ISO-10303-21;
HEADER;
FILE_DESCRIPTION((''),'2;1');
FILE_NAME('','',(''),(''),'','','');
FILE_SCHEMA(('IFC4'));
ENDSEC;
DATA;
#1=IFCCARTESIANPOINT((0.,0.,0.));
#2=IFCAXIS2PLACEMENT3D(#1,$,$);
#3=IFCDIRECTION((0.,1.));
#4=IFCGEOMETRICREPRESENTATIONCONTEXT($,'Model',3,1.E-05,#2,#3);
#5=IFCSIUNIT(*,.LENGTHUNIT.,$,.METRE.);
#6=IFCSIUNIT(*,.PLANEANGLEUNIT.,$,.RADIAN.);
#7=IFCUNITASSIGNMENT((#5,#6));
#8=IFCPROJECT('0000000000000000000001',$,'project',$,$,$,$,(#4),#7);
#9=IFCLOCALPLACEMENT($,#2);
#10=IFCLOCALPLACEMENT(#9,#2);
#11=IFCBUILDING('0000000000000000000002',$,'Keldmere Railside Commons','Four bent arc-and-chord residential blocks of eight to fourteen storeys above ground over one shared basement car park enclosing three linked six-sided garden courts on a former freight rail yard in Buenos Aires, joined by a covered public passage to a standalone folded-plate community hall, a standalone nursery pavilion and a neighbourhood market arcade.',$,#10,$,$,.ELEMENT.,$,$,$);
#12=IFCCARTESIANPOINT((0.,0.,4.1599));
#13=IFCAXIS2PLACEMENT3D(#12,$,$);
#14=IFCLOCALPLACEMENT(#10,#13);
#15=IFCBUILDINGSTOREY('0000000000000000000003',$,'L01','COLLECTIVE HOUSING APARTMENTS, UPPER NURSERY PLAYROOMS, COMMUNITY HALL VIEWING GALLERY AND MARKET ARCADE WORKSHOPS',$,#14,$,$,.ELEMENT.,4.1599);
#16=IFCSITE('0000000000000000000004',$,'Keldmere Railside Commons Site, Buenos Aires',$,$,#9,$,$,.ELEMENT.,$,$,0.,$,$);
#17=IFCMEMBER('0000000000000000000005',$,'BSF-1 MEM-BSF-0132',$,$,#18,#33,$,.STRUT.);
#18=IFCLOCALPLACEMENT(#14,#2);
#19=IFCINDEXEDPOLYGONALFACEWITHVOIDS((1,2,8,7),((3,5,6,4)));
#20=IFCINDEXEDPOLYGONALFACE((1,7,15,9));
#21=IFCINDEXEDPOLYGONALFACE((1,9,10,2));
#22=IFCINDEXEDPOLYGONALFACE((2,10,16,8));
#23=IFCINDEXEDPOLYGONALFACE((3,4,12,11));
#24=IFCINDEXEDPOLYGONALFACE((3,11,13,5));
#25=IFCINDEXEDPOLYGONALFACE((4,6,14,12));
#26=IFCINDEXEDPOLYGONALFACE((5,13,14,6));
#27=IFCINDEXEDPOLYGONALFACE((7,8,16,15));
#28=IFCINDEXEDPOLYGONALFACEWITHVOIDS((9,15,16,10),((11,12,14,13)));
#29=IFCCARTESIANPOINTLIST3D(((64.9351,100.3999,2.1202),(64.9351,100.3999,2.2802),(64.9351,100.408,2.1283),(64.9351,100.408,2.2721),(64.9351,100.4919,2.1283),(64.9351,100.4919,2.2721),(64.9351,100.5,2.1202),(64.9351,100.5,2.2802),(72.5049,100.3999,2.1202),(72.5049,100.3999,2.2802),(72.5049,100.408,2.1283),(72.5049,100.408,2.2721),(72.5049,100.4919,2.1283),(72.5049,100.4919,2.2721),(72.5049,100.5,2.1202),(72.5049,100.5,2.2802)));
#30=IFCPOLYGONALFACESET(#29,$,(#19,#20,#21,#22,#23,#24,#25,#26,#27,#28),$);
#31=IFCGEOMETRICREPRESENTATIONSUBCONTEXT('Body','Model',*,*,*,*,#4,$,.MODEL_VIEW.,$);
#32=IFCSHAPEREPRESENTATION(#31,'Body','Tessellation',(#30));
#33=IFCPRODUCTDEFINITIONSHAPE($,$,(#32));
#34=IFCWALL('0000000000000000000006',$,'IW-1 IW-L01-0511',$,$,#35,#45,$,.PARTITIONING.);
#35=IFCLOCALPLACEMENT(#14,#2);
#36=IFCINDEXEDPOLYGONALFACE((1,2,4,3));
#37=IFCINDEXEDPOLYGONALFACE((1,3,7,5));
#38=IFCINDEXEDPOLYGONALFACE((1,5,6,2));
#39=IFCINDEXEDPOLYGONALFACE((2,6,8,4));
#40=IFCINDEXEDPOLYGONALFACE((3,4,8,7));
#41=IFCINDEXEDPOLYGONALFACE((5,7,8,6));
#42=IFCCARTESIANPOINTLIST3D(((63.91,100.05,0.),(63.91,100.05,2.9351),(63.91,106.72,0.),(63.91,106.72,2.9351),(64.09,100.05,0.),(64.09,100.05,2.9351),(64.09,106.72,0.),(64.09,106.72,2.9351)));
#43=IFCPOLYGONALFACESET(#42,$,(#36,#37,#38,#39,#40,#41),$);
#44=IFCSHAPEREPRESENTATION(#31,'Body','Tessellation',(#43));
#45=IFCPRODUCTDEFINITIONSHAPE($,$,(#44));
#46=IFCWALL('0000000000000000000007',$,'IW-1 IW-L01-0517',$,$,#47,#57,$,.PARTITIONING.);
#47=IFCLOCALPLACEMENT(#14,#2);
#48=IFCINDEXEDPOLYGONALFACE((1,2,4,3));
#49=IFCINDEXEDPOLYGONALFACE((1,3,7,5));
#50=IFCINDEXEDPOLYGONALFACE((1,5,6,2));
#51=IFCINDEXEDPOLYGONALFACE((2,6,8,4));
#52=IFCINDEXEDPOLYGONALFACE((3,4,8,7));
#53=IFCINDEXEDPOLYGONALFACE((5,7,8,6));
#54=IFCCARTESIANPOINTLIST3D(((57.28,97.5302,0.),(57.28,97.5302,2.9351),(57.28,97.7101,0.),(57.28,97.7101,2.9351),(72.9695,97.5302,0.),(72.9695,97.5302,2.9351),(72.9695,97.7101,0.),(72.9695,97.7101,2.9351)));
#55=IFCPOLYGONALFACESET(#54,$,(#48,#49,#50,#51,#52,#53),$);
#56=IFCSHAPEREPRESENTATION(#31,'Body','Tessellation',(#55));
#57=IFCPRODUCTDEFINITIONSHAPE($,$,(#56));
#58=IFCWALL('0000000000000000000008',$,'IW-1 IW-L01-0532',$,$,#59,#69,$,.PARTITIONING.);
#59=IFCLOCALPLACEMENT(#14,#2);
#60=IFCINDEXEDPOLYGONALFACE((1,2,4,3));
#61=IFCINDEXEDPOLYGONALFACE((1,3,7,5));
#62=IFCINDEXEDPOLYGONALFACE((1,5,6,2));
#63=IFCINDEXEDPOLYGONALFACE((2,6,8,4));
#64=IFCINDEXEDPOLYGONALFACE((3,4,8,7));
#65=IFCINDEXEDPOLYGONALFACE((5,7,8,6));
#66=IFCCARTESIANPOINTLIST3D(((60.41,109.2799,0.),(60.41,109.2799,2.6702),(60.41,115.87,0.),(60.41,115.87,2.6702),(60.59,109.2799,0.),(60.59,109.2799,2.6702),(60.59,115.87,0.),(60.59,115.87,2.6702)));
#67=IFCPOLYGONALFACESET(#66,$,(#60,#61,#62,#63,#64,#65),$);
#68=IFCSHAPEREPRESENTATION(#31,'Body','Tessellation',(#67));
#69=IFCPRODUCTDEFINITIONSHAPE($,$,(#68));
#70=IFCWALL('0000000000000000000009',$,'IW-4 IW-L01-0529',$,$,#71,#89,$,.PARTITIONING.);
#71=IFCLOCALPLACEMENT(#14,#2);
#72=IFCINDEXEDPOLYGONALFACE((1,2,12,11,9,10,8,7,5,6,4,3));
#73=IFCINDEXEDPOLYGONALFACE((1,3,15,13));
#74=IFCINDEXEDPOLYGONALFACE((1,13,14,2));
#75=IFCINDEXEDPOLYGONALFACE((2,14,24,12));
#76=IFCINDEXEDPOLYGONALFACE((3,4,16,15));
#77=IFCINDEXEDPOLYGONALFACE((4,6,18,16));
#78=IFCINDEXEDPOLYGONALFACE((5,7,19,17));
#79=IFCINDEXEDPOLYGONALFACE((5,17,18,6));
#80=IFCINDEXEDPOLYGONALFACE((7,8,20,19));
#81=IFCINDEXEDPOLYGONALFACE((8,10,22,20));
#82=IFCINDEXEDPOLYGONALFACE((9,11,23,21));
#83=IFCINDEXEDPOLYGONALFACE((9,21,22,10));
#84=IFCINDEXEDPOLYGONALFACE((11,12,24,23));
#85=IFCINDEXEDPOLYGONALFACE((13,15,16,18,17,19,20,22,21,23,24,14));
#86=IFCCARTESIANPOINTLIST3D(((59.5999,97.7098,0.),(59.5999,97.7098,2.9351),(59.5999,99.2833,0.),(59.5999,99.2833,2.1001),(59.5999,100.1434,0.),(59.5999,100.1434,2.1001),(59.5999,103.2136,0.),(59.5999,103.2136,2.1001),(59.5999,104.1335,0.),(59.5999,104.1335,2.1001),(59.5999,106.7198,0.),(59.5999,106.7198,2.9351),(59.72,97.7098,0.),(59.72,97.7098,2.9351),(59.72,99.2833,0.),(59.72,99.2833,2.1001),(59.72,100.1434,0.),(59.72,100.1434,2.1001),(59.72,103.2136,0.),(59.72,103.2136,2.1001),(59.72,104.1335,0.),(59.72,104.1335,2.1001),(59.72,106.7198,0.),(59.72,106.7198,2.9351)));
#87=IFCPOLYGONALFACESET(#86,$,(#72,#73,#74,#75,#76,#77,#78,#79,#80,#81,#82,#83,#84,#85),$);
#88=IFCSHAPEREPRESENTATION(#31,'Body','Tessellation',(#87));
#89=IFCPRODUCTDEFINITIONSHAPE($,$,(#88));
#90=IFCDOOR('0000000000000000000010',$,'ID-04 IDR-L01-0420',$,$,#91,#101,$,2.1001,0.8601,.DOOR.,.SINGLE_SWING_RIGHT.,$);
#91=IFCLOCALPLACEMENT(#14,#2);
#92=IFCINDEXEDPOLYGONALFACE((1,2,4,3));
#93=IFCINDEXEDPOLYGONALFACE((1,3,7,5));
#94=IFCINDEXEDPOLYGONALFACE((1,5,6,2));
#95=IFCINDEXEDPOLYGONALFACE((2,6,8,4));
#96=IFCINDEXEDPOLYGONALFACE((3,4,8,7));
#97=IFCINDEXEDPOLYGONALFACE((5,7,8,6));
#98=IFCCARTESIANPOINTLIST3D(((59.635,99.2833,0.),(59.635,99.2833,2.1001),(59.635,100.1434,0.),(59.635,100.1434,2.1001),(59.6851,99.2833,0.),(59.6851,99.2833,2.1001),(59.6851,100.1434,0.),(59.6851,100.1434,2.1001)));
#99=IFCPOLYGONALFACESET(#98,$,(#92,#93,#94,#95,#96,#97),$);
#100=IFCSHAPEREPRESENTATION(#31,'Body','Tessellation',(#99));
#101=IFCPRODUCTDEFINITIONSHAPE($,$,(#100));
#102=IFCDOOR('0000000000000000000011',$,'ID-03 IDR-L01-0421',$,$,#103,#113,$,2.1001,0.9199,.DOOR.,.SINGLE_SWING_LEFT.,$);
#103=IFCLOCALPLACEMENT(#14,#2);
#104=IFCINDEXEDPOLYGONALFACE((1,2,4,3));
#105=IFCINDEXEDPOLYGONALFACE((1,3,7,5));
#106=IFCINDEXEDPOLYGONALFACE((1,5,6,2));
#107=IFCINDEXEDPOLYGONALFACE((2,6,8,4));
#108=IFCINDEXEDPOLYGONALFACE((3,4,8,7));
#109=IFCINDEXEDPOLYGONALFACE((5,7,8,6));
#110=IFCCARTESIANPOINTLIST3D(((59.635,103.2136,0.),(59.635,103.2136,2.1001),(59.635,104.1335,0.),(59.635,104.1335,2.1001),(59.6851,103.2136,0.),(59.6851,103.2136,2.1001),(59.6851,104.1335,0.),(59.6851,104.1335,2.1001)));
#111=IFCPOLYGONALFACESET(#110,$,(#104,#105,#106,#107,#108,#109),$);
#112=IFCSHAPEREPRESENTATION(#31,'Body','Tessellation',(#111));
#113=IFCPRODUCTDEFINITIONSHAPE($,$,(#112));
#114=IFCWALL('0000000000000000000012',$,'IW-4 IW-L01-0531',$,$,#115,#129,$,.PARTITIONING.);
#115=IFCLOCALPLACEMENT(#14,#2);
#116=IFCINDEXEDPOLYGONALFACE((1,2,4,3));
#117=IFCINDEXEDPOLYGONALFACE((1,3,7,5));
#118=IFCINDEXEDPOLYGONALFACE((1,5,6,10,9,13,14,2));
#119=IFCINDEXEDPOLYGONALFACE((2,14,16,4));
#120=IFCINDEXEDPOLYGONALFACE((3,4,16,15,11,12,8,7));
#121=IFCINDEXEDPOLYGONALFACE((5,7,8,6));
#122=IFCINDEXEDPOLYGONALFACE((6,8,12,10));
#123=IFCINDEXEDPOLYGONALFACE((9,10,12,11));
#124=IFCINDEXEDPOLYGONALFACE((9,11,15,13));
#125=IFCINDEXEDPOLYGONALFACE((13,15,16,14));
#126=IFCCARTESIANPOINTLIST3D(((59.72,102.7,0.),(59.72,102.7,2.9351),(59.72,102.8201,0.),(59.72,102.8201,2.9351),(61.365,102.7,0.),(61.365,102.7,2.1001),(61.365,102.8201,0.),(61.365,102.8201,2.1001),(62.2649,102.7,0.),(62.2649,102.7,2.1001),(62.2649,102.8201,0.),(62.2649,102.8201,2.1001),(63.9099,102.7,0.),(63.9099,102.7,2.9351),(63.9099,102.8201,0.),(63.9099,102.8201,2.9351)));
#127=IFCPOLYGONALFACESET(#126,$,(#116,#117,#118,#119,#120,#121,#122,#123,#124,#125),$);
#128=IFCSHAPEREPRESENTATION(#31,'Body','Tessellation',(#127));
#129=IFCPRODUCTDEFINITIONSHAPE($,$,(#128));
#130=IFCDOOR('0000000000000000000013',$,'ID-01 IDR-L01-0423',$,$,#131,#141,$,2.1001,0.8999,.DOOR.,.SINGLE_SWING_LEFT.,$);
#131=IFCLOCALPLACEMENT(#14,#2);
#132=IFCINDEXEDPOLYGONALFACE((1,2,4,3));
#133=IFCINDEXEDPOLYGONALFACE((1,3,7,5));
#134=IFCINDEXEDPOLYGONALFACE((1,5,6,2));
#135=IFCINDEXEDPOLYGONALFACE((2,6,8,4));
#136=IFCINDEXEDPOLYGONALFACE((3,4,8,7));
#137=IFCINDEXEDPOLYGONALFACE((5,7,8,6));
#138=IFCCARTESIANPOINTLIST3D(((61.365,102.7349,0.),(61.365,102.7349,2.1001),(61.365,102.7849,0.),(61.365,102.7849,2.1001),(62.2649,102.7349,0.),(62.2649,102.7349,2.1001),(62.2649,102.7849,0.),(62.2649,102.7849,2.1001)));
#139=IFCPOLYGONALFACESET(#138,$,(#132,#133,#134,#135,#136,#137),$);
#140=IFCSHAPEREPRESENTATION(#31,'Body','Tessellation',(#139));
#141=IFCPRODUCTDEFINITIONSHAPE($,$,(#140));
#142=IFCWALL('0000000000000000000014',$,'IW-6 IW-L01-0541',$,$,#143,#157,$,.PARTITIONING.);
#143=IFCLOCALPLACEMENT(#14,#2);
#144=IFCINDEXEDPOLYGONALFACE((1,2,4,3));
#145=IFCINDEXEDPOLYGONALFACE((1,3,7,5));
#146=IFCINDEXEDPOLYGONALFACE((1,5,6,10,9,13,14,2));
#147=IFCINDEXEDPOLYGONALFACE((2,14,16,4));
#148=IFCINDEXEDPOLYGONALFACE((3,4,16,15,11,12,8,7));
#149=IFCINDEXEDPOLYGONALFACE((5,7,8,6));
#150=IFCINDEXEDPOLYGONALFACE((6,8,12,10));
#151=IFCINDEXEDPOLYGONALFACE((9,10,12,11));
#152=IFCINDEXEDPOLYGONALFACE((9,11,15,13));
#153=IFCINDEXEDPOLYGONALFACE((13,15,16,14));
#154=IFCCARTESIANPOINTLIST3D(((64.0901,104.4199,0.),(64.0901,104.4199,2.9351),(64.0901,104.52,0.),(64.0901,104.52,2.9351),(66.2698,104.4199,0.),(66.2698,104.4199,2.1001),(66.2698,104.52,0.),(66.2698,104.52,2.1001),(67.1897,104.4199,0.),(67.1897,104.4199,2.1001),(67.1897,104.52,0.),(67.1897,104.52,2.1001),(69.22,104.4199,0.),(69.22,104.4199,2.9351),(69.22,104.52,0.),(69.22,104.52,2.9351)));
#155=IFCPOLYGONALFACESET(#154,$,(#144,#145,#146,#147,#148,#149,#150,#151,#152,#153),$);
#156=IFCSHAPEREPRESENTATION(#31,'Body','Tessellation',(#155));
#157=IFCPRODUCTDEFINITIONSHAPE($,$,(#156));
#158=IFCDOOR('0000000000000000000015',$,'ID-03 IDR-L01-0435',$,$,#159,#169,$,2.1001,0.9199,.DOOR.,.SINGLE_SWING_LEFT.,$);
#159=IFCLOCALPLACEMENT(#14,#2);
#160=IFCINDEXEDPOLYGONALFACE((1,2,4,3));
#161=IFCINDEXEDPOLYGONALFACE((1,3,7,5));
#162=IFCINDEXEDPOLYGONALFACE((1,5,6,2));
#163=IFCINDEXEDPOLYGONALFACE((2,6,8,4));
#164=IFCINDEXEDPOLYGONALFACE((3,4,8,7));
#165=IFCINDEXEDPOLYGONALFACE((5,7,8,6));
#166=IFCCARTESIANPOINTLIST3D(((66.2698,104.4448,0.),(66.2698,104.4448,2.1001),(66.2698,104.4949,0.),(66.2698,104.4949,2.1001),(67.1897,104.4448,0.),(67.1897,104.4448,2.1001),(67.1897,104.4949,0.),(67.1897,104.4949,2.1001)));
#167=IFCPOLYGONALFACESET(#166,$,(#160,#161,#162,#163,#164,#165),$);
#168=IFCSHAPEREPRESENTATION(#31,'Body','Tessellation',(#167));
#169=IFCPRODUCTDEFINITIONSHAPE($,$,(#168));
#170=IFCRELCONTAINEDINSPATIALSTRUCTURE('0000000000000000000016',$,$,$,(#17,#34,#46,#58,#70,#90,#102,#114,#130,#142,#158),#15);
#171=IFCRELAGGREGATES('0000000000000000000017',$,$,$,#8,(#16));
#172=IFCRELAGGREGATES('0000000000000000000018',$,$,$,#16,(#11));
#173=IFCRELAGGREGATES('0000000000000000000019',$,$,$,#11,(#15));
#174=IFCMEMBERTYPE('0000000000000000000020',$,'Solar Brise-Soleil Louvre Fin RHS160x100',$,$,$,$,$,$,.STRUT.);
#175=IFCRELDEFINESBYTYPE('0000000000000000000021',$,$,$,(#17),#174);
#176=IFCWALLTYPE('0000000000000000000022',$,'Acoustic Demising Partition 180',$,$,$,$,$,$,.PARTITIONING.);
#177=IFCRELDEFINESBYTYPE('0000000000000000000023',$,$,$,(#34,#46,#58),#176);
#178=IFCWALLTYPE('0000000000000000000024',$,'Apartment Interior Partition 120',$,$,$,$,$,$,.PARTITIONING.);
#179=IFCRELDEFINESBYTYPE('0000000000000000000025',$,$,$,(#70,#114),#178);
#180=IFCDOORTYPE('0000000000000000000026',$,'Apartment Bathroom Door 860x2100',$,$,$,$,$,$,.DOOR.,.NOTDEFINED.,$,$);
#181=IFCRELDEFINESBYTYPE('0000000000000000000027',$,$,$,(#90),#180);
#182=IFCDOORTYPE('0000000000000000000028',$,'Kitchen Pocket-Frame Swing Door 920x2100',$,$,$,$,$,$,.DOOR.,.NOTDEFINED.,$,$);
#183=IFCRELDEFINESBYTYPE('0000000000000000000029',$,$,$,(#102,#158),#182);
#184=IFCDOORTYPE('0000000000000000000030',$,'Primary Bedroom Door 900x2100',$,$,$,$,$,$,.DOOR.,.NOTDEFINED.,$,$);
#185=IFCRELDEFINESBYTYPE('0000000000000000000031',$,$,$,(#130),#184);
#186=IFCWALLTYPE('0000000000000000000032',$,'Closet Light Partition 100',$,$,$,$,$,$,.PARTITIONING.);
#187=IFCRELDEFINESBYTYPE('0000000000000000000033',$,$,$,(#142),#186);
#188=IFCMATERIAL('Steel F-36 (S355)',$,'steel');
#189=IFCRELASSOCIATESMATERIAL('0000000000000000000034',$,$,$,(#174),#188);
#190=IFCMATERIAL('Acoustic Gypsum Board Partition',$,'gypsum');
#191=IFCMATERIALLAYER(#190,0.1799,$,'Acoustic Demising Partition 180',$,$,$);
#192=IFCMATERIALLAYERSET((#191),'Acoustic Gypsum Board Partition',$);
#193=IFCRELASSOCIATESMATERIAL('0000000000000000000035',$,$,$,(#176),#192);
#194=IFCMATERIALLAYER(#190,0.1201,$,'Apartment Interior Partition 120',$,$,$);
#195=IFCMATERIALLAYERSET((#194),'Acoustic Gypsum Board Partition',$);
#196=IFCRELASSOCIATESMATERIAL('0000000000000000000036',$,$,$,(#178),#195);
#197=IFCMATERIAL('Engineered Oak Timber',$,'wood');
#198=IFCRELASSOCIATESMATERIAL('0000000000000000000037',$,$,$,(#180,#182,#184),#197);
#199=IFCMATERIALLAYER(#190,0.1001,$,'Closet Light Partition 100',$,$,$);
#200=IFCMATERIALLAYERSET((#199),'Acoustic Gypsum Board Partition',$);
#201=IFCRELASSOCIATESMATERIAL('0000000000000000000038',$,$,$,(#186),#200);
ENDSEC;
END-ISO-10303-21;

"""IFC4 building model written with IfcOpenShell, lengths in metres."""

from ifc_helpers import new_model, si_unit, direction, frame, frame_2d, origin, origin_2d, place, context, subcontext, project, spatial, rectangle, hollow_rectangle, extrude, material, layer, layer_set, material_profile, profile_set, type_object, element, fill, save


model = new_model("IFC4")

# Units and contexts
model_context = context("Model", 3, precision=1e-05, world=origin(), true_north=direction((0.0, 1.0)))
body_context = subcontext(model_context, "Body", "Model", "MODEL_VIEW")
ifc_project = project(units=[si_unit("LENGTHUNIT", "METRE"), si_unit("PLANEANGLEUNIT", "RADIAN")], contexts=[model_context])

# Site, building, storey
site_placement = place(None, origin())
site = spatial("IfcSite", under=ifc_project, at=site_placement, Name="Keldmere Railside Commons Site, Buenos Aires", CompositionType="ELEMENT", RefElevation=0.0)
building_placement = place(site_placement, origin())
building = spatial("IfcBuilding", under=site, at=building_placement, Name="Keldmere Railside Commons", Description="Four bent arc-and-chord residential blocks of eight to fourteen storeys above ground over one shared basement car park enclosing three linked six-sided garden courts on a former freight rail yard in Buenos Aires, joined by a covered public passage to a standalone folded-plate community hall, a standalone nursery pavilion and a neighbourhood market arcade.", CompositionType="ELEMENT")
storey_placement = place(building_placement, frame((0.0, 0.0, 4.1599)))
storey = spatial("IfcBuildingStorey", under=building, at=storey_placement, Name="L01", Description="COLLECTIVE HOUSING APARTMENTS, UPPER NURSERY PLAYROOMS, COMMUNITY HALL VIEWING GALLERY AND MARKET ARCADE WORKSHOPS", CompositionType="ELEMENT", Elevation=4.1599)

# Shared definitions
ifc_material_1 = material(Name="Steel F-36 (S355)", Category="steel")

# Member
ifc_material_profile_1 = material_profile(ifc_material_1, hollow_rectangle(XDim=0.1001, YDim=0.1599, WallThickness=0.0081, at=origin_2d()), Name="RHS-160x100x8")
ifc_profile_set_1 = profile_set([ifc_material_profile_1], Name="Steel F-36 (S355)")
member_type_1 = type_object("IfcMemberType", Name="Solar Brise-Soleil Louvre Fin RHS160x100", PredefinedType="STRUT", material=ifc_profile_set_1)
member_1_placement = place(storey_placement, frame((64.9351, 100.45, 2.2002), z_axis=(1.0, 0.0, 0.0), x_axis=(0.0, 1.0, 0.0)))
element("IfcMember", 1, at=member_1_placement, inside=storey, type_object=member_type_1, Name="BSF-1 MEM-BSF-0132", PredefinedType="STRUT", context=body_context, shape_type="SweptSolid", body=[
    extrude(hollow_rectangle(XDim=0.1001, YDim=0.1599, WallThickness=0.0081, at=origin_2d()), origin(), (0.0, 0.0, 1.0), 7.5698),
])

# Walls
ifc_material_2 = material(Name="Acoustic Gypsum Board Partition", Category="gypsum")
ifc_layer_1 = layer(ifc_material_2, 0.1799, Name="Acoustic Demising Partition 180")
ifc_layer_set_1 = layer_set([ifc_layer_1], Name="Acoustic Gypsum Board Partition")
wall_type_1 = type_object("IfcWallType", Name="Acoustic Demising Partition 180", PredefinedType="PARTITIONING", material=ifc_layer_set_1)
wall_1_placement = place(storey_placement, frame((64.0, 100.05, 0.0), z_axis=(0.0, 0.0, 1.0), x_axis=(0.0, 1.0, 0.0)))
element("IfcWall", 2, at=wall_1_placement, inside=storey, type_object=wall_type_1, Name="IW-1 IW-L01-0511", PredefinedType="PARTITIONING", context=body_context, shape_type="SweptSolid", body=[
    extrude(rectangle(XDim=6.6699, YDim=0.1799, at=frame_2d((3.335, 0.0))), origin(), (0.0, 0.0, 1.0), 2.9351),
])
wall_2_placement = place(storey_placement, frame((57.28, 97.6201, 0.0), z_axis=(0.0, 0.0, 1.0), x_axis=(1.0, 0.0, 0.0)))
element("IfcWall", 3, at=wall_2_placement, inside=storey, type_object=wall_type_1, Name="IW-1 IW-L01-0517", PredefinedType="PARTITIONING", context=body_context, shape_type="SweptSolid", body=[
    extrude(rectangle(XDim=15.6895, YDim=0.1799, at=frame_2d((7.8447, 0.0))), origin(), (0.0, 0.0, 1.0), 2.9351),
])
wall_3_placement = place(storey_placement, frame((60.5, 109.28, 0.0), z_axis=(0.0, 0.0, 1.0), x_axis=(0.0, 1.0, 0.0)))
element("IfcWall", 4, at=wall_3_placement, inside=storey, type_object=wall_type_1, Name="IW-1 IW-L01-0532", PredefinedType="PARTITIONING", context=body_context, shape_type="SweptSolid", body=[
    extrude(rectangle(XDim=6.5901, YDim=0.1799, at=frame_2d((3.2949, 0.0))), origin(), (0.0, 0.0, 1.0), 2.6702),
])

# Wall, openings, doors
ifc_layer_2 = layer(ifc_material_2, 0.1201, Name="Apartment Interior Partition 120")
ifc_layer_set_2 = layer_set([ifc_layer_2], Name="Acoustic Gypsum Board Partition")
wall_type_2 = type_object("IfcWallType", Name="Apartment Interior Partition 120", PredefinedType="PARTITIONING", material=ifc_layer_set_2)
wall_4_placement = place(storey_placement, frame((59.6599, 97.71, 0.0), z_axis=(0.0, 0.0, 1.0), x_axis=(0.0, 1.0, 0.0)))
wall_4 = element("IfcWall", 5, at=wall_4_placement, inside=storey, type_object=wall_type_2, Name="IW-4 IW-L01-0529", PredefinedType="PARTITIONING", context=body_context, shape_type="SweptSolid", body=[
    extrude(rectangle(XDim=9.01, YDim=0.1201, at=frame_2d((4.5049, 0.0))), origin(), (0.0, 0.0, 1.0), 2.9351),
])
opening_1_placement = place(wall_4_placement, frame((1.5732, 0.0, 0.0)))
opening_1 = element("IfcOpeningElement", 6, at=opening_1_placement, cuts=wall_4, PredefinedType="OPENING", context=body_context, shape_type="SweptSolid", body=[
    extrude(rectangle(XDim=0.8601, YDim=2.1001, at=frame_2d((0.4302, 1.05))), frame((0.0, 0.0701, 0.0), z_axis=(0.0, -1.0, 0.0), x_axis=(1.0, 0.0, 0.0)), (0.0, 0.0, 1.0), 0.1401),
])
opening_2_placement = place(wall_4_placement, frame((5.5037, 0.0, 0.0)))
opening_2 = element("IfcOpeningElement", 7, at=opening_2_placement, cuts=wall_4, PredefinedType="OPENING", context=body_context, shape_type="SweptSolid", body=[
    extrude(rectangle(XDim=0.9199, YDim=2.1001, at=frame_2d((0.46, 1.05))), frame((0.0, 0.0701, 0.0), z_axis=(0.0, -1.0, 0.0), x_axis=(1.0, 0.0, 0.0)), (0.0, 0.0, 1.0), 0.1401),
])
ifc_material_3 = material(Name="Engineered Oak Timber", Category="wood")
door_type_1 = type_object("IfcDoorType", Name="Apartment Bathroom Door 860x2100", OperationType="NOTDEFINED", PredefinedType="DOOR", material=ifc_material_3)
door_1_placement = place(opening_1_placement, origin())
door_1 = element("IfcDoor", 8, at=door_1_placement, inside=storey, type_object=door_type_1, Name="ID-04 IDR-L01-0420", OperationType="SINGLE_SWING_RIGHT", OverallHeight=2.1001, OverallWidth=0.8601, PredefinedType="DOOR", context=body_context, shape_type="SweptSolid", body=[
    extrude(rectangle(XDim=0.8601, YDim=2.1001, at=frame_2d((0.4302, 1.05))), frame((0.0, 0.0249, 0.0), z_axis=(0.0, -1.0, 0.0), x_axis=(1.0, 0.0, 0.0)), (0.0, 0.0, 1.0), 0.05),
])
fill(opening_1, door_1)
door_type_2 = type_object("IfcDoorType", Name="Kitchen Pocket-Frame Swing Door 920x2100", OperationType="NOTDEFINED", PredefinedType="DOOR", material=ifc_material_3)
door_2_placement = place(opening_2_placement, origin())
door_2 = element("IfcDoor", 9, at=door_2_placement, inside=storey, type_object=door_type_2, Name="ID-03 IDR-L01-0421", OperationType="SINGLE_SWING_LEFT", OverallHeight=2.1001, OverallWidth=0.9199, PredefinedType="DOOR", context=body_context, shape_type="SweptSolid", body=[
    extrude(rectangle(XDim=0.9199, YDim=2.1001, at=frame_2d((0.46, 1.05))), frame((0.0, 0.0249, 0.0), z_axis=(0.0, -1.0, 0.0), x_axis=(1.0, 0.0, 0.0)), (0.0, 0.0, 1.0), 0.05),
])
fill(opening_2, door_2)

# Walls, openings, doors
wall_5_placement = place(storey_placement, frame((59.72, 102.76, 0.0), z_axis=(0.0, 0.0, 1.0), x_axis=(1.0, 0.0, 0.0)))
wall_5 = element("IfcWall", 10, at=wall_5_placement, inside=storey, type_object=wall_type_2, Name="IW-4 IW-L01-0531", PredefinedType="PARTITIONING", context=body_context, shape_type="SweptSolid", body=[
    extrude(rectangle(XDim=4.1899, YDim=0.1201, at=frame_2d((2.095, 0.0))), origin(), (0.0, 0.0, 1.0), 2.9351),
])
opening_3_placement = place(wall_5_placement, frame((1.645, 0.0, 0.0)))
opening_3 = element("IfcOpeningElement", 11, at=opening_3_placement, cuts=wall_5, PredefinedType="OPENING", context=body_context, shape_type="SweptSolid", body=[
    extrude(rectangle(XDim=0.8999, YDim=2.1001, at=frame_2d((0.45, 1.05))), frame((0.0, 0.0701, 0.0), z_axis=(0.0, -1.0, 0.0), x_axis=(1.0, 0.0, 0.0)), (0.0, 0.0, 1.0), 0.1401),
])
door_type_3 = type_object("IfcDoorType", Name="Primary Bedroom Door 900x2100", OperationType="NOTDEFINED", PredefinedType="DOOR", material=ifc_material_3)
door_3_placement = place(opening_3_placement, origin())
door_3 = element("IfcDoor", 12, at=door_3_placement, inside=storey, type_object=door_type_3, Name="ID-01 IDR-L01-0423", OperationType="SINGLE_SWING_LEFT", OverallHeight=2.1001, OverallWidth=0.8999, PredefinedType="DOOR", context=body_context, shape_type="SweptSolid", body=[
    extrude(rectangle(XDim=0.8999, YDim=2.1001, at=frame_2d((0.45, 1.05))), frame((0.0, 0.0249, 0.0), z_axis=(0.0, -1.0, 0.0), x_axis=(1.0, 0.0, 0.0)), (0.0, 0.0, 1.0), 0.05),
])
fill(opening_3, door_3)
ifc_layer_3 = layer(ifc_material_2, 0.1001, Name="Closet Light Partition 100")
ifc_layer_set_3 = layer_set([ifc_layer_3], Name="Acoustic Gypsum Board Partition")
wall_type_3 = type_object("IfcWallType", Name="Closet Light Partition 100", PredefinedType="PARTITIONING", material=ifc_layer_set_3)
wall_6_placement = place(storey_placement, frame((64.0901, 104.47, 0.0), z_axis=(0.0, 0.0, 1.0), x_axis=(1.0, 0.0, 0.0)))
wall_6 = element("IfcWall", 13, at=wall_6_placement, inside=storey, type_object=wall_type_3, Name="IW-6 IW-L01-0541", PredefinedType="PARTITIONING", context=body_context, shape_type="SweptSolid", body=[
    extrude(rectangle(XDim=5.1299, YDim=0.1001, at=frame_2d((2.5649, 0.0))), origin(), (0.0, 0.0, 1.0), 2.9351),
])
opening_4_placement = place(wall_6_placement, frame((2.1797, 0.0, 0.0)))
opening_4 = element("IfcOpeningElement", 14, at=opening_4_placement, cuts=wall_6, PredefinedType="OPENING", context=body_context, shape_type="SweptSolid", body=[
    extrude(rectangle(XDim=0.9199, YDim=2.1001, at=frame_2d((0.46, 1.05))), frame((0.0, 0.0601, 0.0), z_axis=(0.0, -1.0, 0.0), x_axis=(1.0, 0.0, 0.0)), (0.0, 0.0, 1.0), 0.1201),
])
door_4_placement = place(opening_4_placement, origin())
door_4 = element("IfcDoor", 15, at=door_4_placement, inside=storey, type_object=door_type_2, Name="ID-03 IDR-L01-0435", OperationType="SINGLE_SWING_LEFT", OverallHeight=2.1001, OverallWidth=0.9199, PredefinedType="DOOR", context=body_context, shape_type="SweptSolid", body=[
    extrude(rectangle(XDim=0.9199, YDim=2.1001, at=frame_2d((0.46, 1.05))), frame((0.0, 0.0249, 0.0), z_axis=(0.0, -1.0, 0.0), x_axis=(1.0, 0.0, 0.0)), (0.0, 0.0, 1.0), 0.05),
])
fill(opening_4, door_4)

save(model, "model.ifc")
